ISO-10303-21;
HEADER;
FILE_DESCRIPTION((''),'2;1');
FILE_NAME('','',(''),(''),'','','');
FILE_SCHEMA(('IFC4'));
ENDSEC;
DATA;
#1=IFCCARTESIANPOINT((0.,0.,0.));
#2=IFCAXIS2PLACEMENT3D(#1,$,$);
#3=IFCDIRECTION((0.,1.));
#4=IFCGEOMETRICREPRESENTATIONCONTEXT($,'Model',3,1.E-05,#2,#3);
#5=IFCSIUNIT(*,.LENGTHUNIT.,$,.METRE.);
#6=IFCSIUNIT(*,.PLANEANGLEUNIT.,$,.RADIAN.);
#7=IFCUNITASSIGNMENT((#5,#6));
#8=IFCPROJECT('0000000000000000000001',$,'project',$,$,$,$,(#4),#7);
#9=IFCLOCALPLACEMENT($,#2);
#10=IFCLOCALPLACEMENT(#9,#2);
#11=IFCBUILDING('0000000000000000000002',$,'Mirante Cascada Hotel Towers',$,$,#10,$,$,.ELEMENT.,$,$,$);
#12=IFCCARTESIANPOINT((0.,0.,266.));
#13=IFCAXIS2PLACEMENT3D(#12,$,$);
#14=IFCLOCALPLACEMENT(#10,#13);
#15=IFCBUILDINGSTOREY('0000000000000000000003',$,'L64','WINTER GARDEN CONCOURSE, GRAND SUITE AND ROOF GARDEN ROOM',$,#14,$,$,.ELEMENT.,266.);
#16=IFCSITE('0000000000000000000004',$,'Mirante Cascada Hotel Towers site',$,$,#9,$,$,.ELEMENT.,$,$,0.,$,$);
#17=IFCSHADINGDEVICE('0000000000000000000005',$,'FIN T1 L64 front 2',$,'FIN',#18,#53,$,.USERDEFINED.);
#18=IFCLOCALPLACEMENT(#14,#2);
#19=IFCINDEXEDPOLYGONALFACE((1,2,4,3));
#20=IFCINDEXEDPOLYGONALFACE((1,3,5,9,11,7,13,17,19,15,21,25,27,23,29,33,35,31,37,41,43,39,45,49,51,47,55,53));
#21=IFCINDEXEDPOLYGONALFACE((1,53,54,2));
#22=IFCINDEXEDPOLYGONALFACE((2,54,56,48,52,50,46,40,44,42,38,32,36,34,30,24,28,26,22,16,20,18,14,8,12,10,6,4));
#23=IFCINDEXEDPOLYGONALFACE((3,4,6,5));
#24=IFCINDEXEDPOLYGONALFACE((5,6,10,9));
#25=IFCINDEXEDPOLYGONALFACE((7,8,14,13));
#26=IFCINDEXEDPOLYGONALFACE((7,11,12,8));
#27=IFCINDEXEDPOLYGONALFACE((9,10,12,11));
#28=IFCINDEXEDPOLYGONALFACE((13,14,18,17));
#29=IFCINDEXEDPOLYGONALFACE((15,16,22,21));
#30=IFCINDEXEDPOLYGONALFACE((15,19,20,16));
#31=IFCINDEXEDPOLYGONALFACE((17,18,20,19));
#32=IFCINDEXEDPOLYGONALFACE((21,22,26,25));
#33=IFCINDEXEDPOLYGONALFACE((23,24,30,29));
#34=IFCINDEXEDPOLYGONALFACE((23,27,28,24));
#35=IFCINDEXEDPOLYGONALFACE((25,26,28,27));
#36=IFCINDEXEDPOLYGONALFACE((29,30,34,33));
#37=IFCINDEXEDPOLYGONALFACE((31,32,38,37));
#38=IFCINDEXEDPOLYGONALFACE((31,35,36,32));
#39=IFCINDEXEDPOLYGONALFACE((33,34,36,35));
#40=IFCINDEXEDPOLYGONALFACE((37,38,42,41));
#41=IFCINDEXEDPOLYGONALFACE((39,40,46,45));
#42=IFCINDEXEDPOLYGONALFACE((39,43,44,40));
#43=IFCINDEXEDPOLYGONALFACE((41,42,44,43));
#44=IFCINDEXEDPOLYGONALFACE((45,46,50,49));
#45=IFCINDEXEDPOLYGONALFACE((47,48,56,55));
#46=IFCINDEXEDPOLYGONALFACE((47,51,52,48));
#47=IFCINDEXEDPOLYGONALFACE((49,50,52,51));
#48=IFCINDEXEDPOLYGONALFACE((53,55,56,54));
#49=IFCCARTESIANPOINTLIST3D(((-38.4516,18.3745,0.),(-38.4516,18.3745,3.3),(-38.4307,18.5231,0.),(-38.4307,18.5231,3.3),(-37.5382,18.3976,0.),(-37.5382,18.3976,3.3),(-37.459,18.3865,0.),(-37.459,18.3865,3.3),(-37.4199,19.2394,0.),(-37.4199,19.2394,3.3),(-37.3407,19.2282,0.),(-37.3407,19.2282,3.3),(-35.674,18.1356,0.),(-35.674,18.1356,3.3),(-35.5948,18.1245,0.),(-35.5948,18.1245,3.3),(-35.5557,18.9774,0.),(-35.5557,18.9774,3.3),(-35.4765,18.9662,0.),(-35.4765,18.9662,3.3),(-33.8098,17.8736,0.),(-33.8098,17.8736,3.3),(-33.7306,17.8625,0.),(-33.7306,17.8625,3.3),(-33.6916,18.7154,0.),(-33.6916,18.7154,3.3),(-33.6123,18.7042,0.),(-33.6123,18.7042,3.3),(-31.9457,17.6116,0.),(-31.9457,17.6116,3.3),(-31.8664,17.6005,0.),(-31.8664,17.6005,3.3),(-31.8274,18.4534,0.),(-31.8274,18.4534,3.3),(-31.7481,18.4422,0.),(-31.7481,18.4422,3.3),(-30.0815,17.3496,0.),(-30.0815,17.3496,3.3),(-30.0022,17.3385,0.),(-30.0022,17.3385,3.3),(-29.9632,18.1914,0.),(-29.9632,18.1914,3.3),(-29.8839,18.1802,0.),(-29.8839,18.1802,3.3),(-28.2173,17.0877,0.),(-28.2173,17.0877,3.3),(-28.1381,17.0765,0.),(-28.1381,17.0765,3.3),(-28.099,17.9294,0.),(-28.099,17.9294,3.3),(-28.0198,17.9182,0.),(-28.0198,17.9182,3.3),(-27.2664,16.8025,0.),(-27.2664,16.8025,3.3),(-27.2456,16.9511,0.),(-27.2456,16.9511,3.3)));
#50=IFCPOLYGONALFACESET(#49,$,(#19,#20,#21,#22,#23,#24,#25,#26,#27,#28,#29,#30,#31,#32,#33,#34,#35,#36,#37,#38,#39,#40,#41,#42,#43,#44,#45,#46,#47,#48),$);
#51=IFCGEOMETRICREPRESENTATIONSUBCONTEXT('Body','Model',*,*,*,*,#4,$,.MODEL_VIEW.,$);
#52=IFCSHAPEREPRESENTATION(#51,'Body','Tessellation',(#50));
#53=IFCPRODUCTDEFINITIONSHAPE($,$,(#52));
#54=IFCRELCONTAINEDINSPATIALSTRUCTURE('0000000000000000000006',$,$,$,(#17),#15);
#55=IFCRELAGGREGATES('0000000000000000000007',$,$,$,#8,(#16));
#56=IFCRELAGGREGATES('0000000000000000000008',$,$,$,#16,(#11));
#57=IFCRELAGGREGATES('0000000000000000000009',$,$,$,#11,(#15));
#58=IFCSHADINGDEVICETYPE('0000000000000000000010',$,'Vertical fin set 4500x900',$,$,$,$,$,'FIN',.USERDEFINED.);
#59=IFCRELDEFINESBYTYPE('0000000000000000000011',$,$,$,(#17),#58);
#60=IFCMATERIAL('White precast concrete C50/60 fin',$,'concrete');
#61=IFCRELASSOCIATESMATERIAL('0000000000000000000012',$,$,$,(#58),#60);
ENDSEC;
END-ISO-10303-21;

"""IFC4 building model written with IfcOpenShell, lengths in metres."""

from ifc_helpers import new_model, si_unit, direction, frame, origin, place, context, subcontext, project, spatial, polyline, outline, extrude, material, type_object, element, save


model = new_model("IFC4")

# Units and contexts
model_context = context("Model", 3, precision=1e-05, world=origin(), true_north=direction((0.0, 1.0)))
body_context = subcontext(model_context, "Body", "Model", "MODEL_VIEW")
ifc_project = project(units=[si_unit("LENGTHUNIT", "METRE"), si_unit("PLANEANGLEUNIT", "RADIAN")], contexts=[model_context])

# Site, building, storey
site_placement = place(None, origin())
site = spatial("IfcSite", under=ifc_project, at=site_placement, Name="Mirante Cascada Hotel Towers site", CompositionType="ELEMENT", RefElevation=0.0)
building_placement = place(site_placement, origin())
building = spatial("IfcBuilding", under=site, at=building_placement, Name="Mirante Cascada Hotel Towers", CompositionType="ELEMENT")
storey_placement = place(building_placement, frame((0.0, 0.0, 266.0)))
storey = spatial("IfcBuildingStorey", under=building, at=storey_placement, Name="L64", Description="WINTER GARDEN CONCOURSE, GRAND SUITE AND ROOF GARDEN ROOM", CompositionType="ELEMENT", Elevation=266.0)

# Shading device
ifc_material_1 = material(Name="White precast concrete C50/60 fin", Category="concrete")
shading_device_type = type_object("IfcShadingDeviceType", Name="Vertical fin set 4500x900", ElementType="FIN", PredefinedType="USERDEFINED", material=ifc_material_1)
shading_device_1_placement = place(storey_placement, origin())
element("IfcShadingDevice", 1, at=shading_device_1_placement, inside=storey, type_object=shading_device_type, Name="FIN T1 L64 front 2", ObjectType="FIN", PredefinedType="USERDEFINED", context=body_context, shape_type="SweptSolid", body=[
    extrude(outline(polyline([(-28.0198, 17.9182), (-28.1381, 17.0765), (-27.2456, 16.9511), (-27.2664, 16.8025), (-38.4516, 18.3745), (-38.4307, 18.5231), (-37.5382, 18.3976), (-37.4199, 19.2394), (-37.3407, 19.2282), (-37.459, 18.3865), (-35.674, 18.1356), (-35.5557, 18.9774), (-35.4765, 18.9662), (-35.5948, 18.1245), (-33.8098, 17.8736), (-33.6916, 18.7154), (-33.6123, 18.7042), (-33.7306, 17.8625), (-31.9457, 17.6116), (-31.8274, 18.4534), (-31.7481, 18.4422), (-31.8664, 17.6005), (-30.0815, 17.3496), (-29.9632, 18.1914), (-29.8839, 18.1802), (-30.0022, 17.3385), (-28.2173, 17.0877), (-28.099, 17.9294), (-28.0198, 17.9182)])), origin(), (0.0, 0.0, 1.0), 3.3),
])

save(model, "model.ifc")
